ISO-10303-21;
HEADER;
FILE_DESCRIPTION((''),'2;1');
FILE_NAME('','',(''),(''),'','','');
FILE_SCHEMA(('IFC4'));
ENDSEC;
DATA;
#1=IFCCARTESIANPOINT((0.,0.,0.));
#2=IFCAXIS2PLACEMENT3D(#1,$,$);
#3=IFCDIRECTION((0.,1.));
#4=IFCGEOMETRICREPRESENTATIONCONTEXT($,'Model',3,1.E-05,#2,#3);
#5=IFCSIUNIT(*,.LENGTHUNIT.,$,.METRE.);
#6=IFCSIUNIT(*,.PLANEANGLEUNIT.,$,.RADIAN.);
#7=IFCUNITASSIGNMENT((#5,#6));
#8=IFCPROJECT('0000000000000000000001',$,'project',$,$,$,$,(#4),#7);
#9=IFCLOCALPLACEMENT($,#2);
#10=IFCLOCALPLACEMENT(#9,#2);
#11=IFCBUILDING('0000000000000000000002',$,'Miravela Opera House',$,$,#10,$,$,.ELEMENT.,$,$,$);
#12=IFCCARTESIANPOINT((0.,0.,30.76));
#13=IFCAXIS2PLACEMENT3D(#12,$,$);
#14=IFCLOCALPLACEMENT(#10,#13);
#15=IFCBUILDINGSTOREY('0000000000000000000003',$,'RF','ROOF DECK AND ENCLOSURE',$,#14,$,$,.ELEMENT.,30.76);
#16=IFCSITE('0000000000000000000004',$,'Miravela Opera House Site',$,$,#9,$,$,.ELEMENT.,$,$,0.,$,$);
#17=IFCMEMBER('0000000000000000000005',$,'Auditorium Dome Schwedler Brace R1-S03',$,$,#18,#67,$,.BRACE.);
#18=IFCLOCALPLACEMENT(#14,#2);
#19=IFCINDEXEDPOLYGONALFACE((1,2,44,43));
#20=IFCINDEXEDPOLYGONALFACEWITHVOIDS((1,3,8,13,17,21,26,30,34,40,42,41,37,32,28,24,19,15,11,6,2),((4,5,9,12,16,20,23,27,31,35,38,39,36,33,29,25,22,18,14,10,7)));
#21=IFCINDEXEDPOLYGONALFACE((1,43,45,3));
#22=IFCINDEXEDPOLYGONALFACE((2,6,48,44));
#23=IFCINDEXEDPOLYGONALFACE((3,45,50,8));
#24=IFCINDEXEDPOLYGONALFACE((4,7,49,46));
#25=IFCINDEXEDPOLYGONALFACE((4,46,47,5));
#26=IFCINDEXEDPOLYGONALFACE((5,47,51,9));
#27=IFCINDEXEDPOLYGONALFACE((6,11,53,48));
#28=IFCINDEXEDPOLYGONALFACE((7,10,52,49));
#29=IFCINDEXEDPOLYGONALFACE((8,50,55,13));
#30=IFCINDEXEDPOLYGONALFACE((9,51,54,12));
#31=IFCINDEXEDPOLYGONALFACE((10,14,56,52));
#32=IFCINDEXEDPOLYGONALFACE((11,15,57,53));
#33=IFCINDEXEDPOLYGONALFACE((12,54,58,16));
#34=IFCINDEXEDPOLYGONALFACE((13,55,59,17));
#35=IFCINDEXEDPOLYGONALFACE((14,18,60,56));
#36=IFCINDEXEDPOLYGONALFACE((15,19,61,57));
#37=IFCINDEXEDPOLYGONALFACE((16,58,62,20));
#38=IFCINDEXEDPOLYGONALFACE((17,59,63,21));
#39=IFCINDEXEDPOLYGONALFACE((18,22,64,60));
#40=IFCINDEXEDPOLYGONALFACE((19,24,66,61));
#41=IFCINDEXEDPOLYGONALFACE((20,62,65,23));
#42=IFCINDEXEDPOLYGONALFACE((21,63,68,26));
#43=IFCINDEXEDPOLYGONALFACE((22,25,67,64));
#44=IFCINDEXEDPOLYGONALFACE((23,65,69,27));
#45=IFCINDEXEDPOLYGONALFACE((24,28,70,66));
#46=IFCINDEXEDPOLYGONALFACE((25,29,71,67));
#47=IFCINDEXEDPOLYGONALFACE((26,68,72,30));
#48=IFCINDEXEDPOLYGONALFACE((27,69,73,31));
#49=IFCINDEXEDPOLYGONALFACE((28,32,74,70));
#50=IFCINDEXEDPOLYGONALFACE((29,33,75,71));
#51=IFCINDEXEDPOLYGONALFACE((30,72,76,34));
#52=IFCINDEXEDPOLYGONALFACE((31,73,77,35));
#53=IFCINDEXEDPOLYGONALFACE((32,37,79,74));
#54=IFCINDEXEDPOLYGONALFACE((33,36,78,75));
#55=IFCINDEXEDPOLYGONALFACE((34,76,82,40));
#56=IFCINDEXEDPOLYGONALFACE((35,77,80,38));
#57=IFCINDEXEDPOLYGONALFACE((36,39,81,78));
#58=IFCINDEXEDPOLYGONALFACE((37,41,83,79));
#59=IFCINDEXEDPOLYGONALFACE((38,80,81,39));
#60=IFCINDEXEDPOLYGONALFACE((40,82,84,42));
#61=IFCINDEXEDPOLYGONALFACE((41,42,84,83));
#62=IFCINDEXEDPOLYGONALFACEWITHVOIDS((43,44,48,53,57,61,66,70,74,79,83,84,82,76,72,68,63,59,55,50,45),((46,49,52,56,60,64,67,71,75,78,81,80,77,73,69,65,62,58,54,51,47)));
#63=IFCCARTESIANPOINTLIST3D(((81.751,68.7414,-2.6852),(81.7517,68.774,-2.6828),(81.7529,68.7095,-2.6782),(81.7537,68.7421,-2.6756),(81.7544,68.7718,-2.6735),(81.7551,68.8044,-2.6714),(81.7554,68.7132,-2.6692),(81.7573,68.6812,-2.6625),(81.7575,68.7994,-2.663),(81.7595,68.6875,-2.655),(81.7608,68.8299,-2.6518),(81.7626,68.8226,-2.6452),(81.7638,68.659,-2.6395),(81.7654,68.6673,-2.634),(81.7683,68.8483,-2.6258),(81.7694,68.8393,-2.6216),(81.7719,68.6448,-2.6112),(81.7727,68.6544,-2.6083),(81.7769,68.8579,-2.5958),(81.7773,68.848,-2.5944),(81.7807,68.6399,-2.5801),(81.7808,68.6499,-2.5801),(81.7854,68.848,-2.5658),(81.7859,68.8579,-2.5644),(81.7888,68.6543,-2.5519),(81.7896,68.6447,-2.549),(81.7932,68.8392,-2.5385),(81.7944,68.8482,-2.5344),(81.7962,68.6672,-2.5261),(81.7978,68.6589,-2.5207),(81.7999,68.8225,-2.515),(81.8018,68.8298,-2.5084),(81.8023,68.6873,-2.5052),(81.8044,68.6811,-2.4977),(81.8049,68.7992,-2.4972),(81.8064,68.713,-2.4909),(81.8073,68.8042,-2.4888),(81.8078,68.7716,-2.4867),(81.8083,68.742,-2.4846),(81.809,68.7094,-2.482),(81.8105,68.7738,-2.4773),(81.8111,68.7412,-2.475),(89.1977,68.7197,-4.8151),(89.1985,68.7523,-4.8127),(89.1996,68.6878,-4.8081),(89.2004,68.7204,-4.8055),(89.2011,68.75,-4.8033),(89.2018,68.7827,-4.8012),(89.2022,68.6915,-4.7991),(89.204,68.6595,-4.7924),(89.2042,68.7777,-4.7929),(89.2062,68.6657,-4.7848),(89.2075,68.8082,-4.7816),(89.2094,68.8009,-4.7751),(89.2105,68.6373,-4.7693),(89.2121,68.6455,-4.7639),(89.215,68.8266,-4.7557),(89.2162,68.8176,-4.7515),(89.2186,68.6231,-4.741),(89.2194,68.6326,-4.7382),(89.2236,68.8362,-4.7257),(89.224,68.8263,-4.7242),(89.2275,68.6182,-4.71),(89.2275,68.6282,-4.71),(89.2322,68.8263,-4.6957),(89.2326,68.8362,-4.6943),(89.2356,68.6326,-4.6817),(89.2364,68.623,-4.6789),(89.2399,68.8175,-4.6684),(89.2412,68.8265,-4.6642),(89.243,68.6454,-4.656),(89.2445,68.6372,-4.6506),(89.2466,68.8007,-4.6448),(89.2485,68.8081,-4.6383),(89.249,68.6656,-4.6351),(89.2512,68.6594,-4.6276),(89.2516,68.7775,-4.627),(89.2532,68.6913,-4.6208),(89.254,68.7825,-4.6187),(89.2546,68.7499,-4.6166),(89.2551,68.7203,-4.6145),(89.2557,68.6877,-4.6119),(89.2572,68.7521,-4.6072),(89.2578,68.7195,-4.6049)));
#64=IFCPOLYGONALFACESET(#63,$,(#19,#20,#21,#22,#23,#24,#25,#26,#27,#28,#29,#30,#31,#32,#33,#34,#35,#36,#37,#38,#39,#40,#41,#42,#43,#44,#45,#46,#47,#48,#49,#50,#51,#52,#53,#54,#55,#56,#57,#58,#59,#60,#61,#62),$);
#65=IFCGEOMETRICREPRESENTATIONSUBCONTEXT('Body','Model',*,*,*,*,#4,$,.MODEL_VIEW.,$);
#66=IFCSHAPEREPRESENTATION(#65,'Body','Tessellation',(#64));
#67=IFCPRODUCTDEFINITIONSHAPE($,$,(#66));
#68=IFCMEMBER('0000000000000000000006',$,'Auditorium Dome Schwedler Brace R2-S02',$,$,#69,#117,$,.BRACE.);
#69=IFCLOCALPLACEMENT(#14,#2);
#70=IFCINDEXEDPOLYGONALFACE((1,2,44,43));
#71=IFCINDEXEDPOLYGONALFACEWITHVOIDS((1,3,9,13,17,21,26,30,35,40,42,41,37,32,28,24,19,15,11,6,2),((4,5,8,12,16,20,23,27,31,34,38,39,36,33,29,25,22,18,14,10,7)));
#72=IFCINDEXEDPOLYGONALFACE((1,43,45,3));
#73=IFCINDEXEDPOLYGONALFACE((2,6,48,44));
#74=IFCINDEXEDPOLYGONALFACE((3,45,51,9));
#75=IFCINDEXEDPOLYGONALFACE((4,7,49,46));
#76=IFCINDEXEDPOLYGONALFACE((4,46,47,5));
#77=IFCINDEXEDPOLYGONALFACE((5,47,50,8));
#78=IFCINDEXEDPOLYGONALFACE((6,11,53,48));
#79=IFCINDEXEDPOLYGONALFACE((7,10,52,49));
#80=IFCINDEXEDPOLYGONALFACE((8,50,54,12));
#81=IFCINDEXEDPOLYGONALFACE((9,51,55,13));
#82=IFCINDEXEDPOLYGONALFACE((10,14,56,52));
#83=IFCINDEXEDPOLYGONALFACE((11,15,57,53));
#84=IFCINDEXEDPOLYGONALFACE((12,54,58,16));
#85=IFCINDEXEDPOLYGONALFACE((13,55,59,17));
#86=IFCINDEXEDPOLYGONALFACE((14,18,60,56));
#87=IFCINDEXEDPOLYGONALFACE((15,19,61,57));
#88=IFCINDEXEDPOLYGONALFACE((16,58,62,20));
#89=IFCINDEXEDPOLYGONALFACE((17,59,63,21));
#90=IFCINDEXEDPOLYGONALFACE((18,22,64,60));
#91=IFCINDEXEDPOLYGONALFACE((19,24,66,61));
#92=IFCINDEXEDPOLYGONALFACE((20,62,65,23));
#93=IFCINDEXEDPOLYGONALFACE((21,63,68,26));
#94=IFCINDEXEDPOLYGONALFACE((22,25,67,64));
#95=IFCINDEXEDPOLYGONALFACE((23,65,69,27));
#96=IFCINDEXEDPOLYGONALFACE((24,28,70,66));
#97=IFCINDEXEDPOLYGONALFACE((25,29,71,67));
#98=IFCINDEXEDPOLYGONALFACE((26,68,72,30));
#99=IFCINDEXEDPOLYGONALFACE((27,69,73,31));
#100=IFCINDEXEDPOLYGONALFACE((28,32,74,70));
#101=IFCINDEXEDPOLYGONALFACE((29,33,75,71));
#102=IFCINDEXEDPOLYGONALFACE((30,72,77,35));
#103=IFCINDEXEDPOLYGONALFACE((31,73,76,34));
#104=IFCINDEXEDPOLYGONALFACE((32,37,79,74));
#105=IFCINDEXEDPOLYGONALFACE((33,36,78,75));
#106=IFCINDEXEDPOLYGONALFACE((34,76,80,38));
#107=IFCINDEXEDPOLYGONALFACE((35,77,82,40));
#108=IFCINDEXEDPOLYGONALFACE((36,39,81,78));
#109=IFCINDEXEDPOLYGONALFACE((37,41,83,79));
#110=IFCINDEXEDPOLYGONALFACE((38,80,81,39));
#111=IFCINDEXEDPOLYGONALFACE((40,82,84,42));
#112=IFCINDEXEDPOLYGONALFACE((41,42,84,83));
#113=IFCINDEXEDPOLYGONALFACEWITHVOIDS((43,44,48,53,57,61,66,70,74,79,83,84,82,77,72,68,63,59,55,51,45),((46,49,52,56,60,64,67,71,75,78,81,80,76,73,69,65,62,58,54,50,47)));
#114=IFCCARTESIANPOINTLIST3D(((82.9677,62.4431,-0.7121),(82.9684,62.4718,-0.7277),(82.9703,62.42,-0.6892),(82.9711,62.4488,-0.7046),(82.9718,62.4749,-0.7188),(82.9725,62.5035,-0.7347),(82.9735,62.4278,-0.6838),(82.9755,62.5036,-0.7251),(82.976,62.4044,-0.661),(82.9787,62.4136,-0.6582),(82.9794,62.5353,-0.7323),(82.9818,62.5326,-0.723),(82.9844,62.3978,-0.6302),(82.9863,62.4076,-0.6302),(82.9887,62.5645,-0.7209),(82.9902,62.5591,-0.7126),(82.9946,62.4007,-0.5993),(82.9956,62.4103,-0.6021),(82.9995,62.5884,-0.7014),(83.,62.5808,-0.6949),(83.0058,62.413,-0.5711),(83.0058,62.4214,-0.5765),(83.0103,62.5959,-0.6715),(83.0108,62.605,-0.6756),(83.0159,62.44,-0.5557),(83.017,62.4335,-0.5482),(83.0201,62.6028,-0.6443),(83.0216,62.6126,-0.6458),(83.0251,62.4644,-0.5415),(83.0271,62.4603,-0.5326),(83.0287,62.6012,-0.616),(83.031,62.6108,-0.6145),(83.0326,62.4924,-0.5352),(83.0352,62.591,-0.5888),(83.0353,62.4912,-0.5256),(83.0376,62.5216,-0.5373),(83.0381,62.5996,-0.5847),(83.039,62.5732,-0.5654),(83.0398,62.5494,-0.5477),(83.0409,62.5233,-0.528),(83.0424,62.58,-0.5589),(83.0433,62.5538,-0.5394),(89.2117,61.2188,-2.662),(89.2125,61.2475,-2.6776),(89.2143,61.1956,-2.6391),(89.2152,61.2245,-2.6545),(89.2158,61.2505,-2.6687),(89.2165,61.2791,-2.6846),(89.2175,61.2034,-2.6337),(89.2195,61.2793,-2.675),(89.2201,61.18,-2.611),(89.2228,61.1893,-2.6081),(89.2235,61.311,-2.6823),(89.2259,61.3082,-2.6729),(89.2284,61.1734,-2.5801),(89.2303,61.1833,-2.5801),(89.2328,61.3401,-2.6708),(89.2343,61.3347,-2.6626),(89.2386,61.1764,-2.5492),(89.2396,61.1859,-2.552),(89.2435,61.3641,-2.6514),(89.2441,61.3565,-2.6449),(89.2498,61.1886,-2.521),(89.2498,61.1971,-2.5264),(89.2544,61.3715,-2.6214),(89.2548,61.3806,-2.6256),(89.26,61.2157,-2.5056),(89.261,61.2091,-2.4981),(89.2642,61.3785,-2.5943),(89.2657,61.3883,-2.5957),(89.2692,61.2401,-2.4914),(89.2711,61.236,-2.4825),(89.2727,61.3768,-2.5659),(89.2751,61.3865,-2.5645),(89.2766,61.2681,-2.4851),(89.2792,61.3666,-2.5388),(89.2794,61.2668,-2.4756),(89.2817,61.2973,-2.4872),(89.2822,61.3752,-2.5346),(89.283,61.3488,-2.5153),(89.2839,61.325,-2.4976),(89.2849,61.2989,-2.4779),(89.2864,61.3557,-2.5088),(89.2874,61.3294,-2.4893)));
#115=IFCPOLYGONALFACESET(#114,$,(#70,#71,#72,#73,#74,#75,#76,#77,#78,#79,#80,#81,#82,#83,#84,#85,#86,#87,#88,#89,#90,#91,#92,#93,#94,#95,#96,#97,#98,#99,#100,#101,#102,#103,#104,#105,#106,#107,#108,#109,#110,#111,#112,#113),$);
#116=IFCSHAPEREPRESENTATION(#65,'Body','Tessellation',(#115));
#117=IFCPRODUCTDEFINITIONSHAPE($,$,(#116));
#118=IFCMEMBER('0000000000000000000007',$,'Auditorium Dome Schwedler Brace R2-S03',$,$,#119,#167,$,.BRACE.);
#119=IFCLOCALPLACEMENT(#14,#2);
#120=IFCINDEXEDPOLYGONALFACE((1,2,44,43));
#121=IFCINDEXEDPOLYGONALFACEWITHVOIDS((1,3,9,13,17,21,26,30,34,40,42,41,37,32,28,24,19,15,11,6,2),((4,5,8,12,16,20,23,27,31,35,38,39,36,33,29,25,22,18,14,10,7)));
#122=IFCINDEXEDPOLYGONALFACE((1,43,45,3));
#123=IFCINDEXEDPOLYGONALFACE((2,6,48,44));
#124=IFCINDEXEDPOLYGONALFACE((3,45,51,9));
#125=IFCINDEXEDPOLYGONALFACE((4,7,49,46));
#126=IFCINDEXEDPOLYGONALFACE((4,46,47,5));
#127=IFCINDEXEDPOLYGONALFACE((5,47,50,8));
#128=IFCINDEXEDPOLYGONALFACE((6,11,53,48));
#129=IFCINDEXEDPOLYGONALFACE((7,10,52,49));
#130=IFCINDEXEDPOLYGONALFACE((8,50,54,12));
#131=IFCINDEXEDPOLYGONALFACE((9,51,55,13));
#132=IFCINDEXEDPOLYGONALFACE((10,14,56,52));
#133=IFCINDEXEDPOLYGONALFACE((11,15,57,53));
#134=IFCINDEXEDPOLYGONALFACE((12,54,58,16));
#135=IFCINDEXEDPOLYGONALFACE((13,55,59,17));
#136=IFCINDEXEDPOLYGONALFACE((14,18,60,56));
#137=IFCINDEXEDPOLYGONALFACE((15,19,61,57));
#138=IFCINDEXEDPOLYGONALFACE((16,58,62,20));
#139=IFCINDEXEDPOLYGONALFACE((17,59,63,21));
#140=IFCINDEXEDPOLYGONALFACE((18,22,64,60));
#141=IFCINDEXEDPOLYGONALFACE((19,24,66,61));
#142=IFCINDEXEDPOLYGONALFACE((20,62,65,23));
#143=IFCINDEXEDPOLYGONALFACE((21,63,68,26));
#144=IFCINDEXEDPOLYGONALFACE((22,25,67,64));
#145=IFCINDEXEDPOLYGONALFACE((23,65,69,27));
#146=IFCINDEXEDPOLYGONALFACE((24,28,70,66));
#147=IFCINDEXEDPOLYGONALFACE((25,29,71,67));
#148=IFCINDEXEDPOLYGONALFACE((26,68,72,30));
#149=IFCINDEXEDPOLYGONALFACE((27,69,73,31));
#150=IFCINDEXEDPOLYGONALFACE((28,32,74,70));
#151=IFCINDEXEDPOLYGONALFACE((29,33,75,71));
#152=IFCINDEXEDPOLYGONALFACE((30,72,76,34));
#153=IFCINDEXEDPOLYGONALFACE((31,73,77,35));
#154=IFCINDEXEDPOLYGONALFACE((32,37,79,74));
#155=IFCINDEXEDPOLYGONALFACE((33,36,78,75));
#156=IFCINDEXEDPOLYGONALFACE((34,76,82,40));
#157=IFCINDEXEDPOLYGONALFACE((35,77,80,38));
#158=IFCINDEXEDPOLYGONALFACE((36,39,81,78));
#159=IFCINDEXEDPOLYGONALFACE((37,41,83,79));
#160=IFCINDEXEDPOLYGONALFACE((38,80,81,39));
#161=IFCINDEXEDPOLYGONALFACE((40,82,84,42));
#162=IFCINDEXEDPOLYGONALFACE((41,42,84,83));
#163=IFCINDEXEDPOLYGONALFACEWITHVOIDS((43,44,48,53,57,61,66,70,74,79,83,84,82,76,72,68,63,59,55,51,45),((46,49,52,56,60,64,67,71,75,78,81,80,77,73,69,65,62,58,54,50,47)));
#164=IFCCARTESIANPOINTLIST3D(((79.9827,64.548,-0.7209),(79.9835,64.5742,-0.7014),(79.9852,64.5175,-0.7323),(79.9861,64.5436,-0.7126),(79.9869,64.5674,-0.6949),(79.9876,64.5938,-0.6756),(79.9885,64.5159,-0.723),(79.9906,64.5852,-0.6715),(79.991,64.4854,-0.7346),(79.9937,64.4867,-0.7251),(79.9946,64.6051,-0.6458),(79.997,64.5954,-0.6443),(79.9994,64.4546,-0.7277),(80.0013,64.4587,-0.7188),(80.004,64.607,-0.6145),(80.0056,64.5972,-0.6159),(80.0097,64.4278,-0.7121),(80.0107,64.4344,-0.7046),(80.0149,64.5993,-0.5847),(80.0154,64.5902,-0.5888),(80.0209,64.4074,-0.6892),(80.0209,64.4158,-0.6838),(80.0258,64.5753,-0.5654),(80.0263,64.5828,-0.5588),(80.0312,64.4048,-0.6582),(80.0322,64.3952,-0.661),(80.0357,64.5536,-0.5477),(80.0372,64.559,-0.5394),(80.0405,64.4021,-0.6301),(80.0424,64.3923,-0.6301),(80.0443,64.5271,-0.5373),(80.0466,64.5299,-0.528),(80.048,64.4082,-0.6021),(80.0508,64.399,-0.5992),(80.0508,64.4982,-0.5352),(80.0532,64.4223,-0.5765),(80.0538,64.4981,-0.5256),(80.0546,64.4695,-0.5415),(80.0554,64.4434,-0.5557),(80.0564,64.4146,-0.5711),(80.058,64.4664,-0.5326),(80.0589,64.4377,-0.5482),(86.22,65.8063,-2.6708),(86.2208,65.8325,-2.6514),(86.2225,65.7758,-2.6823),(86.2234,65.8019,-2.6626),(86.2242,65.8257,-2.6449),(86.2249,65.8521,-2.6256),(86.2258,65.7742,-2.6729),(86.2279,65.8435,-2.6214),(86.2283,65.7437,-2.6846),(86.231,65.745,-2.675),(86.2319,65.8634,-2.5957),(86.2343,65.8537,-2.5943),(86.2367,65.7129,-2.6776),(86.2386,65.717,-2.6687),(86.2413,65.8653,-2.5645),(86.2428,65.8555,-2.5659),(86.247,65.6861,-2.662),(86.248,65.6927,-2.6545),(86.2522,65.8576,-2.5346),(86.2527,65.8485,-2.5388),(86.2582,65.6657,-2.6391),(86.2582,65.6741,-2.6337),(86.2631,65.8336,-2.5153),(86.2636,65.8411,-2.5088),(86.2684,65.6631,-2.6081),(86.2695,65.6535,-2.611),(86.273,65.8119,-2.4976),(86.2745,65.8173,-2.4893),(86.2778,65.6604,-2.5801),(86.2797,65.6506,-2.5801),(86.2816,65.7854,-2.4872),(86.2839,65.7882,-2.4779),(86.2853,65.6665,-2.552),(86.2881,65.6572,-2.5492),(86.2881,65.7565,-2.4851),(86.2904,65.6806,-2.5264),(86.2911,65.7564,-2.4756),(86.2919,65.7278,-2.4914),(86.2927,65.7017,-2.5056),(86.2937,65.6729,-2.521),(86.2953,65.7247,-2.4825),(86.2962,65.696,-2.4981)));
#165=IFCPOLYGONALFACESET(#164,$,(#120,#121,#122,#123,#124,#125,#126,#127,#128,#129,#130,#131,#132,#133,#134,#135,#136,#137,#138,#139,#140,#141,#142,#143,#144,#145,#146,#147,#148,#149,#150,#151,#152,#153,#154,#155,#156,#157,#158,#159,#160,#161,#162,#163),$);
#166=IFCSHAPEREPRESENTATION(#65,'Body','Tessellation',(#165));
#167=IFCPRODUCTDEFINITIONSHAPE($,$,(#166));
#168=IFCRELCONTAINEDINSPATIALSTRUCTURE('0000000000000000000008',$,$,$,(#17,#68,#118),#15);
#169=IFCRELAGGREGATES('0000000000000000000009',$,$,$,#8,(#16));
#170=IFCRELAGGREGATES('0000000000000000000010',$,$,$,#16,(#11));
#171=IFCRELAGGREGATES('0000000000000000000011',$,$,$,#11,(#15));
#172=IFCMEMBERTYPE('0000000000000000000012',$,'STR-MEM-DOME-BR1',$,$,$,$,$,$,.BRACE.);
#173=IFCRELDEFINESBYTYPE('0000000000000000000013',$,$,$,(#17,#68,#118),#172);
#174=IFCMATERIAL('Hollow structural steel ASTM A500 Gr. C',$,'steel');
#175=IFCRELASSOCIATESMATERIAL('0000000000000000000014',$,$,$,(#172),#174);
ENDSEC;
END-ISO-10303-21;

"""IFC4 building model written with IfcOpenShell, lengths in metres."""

from ifc_helpers import new_model, si_unit, direction, frame, origin, origin_2d, place, context, subcontext, project, spatial, hollow_circle, extrude, material, material_profile, profile_set, type_object, element, save


model = new_model("IFC4")

# Units and contexts
model_context = context("Model", 3, precision=1e-05, world=origin(), true_north=direction((0.0, 1.0)))
body_context = subcontext(model_context, "Body", "Model", "MODEL_VIEW")
ifc_project = project(units=[si_unit("LENGTHUNIT", "METRE"), si_unit("PLANEANGLEUNIT", "RADIAN")], contexts=[model_context])

# Site, building, storey
site_placement = place(None, origin())
site = spatial("IfcSite", under=ifc_project, at=site_placement, Name="Miravela Opera House Site", CompositionType="ELEMENT", RefElevation=0.0)
building_placement = place(site_placement, origin())
building = spatial("IfcBuilding", under=site, at=building_placement, Name="Miravela Opera House", CompositionType="ELEMENT")
storey_placement = place(building_placement, frame((0.0, 0.0, 30.76)))
storey = spatial("IfcBuildingStorey", under=building, at=storey_placement, Name="RF", Description="ROOF DECK AND ENCLOSURE", CompositionType="ELEMENT", Elevation=30.76)

# Members
ifc_material_1 = material(Name="Hollow structural steel ASTM A500 Gr. C", Category="steel")
ifc_material_profile_1 = material_profile(ifc_material_1, hollow_circle(Radius=0.1096, WallThickness=0.01, at=origin_2d()), Name="CHS219X10")
ifc_profile_set_1 = profile_set([ifc_material_profile_1])
member_type_1 = type_object("IfcMemberType", Name="STR-MEM-DOME-BR1", PredefinedType="BRACE", material=ifc_profile_set_1)
member_1_placement = place(storey_placement, frame((89.2278, 68.7278, -4.71), z_axis=(-0.961444, 0.002805, 0.274986), x_axis=(-0.002918, -0.999996, 0.0)))
element("IfcMember", 1, at=member_1_placement, inside=storey, type_object=member_type_1, Name="Auditorium Dome Schwedler Brace R1-S03", PredefinedType="BRACE", context=body_context, shape_type="SweptSolid", body=[
    extrude(hollow_circle(Radius=0.1096, WallThickness=0.01, at=origin_2d()), origin(), (0.0, 0.0, 1.0), 7.7454),
])
for number, where, z_axis, x_axis, name in (
    (2, (89.2495, 61.281, -2.5801), (-0.938246, 0.183973, 0.293), (-0.192418, -0.981313, 0.0), "Auditorium Dome Schwedler Brace R2-S02"),
    (3, (86.2581, 65.7581, -2.5801), (-0.93723, -0.189075, 0.293004), (0.197754, -0.980252, 0.0), "Auditorium Dome Schwedler Brace R2-S03"),
):
    element("IfcMember", number, at=place(storey_placement, frame(where, z_axis=z_axis, x_axis=x_axis)), inside=storey, type_object=member_type_1, Name=name, PredefinedType="BRACE", context=body_context, shape_type="SweptSolid", body=[
        extrude(hollow_circle(Radius=0.1096, WallThickness=0.01, at=origin_2d()), origin(), (0.0, 0.0, 1.0), 6.655),
    ])

save(model, "model.ifc")
